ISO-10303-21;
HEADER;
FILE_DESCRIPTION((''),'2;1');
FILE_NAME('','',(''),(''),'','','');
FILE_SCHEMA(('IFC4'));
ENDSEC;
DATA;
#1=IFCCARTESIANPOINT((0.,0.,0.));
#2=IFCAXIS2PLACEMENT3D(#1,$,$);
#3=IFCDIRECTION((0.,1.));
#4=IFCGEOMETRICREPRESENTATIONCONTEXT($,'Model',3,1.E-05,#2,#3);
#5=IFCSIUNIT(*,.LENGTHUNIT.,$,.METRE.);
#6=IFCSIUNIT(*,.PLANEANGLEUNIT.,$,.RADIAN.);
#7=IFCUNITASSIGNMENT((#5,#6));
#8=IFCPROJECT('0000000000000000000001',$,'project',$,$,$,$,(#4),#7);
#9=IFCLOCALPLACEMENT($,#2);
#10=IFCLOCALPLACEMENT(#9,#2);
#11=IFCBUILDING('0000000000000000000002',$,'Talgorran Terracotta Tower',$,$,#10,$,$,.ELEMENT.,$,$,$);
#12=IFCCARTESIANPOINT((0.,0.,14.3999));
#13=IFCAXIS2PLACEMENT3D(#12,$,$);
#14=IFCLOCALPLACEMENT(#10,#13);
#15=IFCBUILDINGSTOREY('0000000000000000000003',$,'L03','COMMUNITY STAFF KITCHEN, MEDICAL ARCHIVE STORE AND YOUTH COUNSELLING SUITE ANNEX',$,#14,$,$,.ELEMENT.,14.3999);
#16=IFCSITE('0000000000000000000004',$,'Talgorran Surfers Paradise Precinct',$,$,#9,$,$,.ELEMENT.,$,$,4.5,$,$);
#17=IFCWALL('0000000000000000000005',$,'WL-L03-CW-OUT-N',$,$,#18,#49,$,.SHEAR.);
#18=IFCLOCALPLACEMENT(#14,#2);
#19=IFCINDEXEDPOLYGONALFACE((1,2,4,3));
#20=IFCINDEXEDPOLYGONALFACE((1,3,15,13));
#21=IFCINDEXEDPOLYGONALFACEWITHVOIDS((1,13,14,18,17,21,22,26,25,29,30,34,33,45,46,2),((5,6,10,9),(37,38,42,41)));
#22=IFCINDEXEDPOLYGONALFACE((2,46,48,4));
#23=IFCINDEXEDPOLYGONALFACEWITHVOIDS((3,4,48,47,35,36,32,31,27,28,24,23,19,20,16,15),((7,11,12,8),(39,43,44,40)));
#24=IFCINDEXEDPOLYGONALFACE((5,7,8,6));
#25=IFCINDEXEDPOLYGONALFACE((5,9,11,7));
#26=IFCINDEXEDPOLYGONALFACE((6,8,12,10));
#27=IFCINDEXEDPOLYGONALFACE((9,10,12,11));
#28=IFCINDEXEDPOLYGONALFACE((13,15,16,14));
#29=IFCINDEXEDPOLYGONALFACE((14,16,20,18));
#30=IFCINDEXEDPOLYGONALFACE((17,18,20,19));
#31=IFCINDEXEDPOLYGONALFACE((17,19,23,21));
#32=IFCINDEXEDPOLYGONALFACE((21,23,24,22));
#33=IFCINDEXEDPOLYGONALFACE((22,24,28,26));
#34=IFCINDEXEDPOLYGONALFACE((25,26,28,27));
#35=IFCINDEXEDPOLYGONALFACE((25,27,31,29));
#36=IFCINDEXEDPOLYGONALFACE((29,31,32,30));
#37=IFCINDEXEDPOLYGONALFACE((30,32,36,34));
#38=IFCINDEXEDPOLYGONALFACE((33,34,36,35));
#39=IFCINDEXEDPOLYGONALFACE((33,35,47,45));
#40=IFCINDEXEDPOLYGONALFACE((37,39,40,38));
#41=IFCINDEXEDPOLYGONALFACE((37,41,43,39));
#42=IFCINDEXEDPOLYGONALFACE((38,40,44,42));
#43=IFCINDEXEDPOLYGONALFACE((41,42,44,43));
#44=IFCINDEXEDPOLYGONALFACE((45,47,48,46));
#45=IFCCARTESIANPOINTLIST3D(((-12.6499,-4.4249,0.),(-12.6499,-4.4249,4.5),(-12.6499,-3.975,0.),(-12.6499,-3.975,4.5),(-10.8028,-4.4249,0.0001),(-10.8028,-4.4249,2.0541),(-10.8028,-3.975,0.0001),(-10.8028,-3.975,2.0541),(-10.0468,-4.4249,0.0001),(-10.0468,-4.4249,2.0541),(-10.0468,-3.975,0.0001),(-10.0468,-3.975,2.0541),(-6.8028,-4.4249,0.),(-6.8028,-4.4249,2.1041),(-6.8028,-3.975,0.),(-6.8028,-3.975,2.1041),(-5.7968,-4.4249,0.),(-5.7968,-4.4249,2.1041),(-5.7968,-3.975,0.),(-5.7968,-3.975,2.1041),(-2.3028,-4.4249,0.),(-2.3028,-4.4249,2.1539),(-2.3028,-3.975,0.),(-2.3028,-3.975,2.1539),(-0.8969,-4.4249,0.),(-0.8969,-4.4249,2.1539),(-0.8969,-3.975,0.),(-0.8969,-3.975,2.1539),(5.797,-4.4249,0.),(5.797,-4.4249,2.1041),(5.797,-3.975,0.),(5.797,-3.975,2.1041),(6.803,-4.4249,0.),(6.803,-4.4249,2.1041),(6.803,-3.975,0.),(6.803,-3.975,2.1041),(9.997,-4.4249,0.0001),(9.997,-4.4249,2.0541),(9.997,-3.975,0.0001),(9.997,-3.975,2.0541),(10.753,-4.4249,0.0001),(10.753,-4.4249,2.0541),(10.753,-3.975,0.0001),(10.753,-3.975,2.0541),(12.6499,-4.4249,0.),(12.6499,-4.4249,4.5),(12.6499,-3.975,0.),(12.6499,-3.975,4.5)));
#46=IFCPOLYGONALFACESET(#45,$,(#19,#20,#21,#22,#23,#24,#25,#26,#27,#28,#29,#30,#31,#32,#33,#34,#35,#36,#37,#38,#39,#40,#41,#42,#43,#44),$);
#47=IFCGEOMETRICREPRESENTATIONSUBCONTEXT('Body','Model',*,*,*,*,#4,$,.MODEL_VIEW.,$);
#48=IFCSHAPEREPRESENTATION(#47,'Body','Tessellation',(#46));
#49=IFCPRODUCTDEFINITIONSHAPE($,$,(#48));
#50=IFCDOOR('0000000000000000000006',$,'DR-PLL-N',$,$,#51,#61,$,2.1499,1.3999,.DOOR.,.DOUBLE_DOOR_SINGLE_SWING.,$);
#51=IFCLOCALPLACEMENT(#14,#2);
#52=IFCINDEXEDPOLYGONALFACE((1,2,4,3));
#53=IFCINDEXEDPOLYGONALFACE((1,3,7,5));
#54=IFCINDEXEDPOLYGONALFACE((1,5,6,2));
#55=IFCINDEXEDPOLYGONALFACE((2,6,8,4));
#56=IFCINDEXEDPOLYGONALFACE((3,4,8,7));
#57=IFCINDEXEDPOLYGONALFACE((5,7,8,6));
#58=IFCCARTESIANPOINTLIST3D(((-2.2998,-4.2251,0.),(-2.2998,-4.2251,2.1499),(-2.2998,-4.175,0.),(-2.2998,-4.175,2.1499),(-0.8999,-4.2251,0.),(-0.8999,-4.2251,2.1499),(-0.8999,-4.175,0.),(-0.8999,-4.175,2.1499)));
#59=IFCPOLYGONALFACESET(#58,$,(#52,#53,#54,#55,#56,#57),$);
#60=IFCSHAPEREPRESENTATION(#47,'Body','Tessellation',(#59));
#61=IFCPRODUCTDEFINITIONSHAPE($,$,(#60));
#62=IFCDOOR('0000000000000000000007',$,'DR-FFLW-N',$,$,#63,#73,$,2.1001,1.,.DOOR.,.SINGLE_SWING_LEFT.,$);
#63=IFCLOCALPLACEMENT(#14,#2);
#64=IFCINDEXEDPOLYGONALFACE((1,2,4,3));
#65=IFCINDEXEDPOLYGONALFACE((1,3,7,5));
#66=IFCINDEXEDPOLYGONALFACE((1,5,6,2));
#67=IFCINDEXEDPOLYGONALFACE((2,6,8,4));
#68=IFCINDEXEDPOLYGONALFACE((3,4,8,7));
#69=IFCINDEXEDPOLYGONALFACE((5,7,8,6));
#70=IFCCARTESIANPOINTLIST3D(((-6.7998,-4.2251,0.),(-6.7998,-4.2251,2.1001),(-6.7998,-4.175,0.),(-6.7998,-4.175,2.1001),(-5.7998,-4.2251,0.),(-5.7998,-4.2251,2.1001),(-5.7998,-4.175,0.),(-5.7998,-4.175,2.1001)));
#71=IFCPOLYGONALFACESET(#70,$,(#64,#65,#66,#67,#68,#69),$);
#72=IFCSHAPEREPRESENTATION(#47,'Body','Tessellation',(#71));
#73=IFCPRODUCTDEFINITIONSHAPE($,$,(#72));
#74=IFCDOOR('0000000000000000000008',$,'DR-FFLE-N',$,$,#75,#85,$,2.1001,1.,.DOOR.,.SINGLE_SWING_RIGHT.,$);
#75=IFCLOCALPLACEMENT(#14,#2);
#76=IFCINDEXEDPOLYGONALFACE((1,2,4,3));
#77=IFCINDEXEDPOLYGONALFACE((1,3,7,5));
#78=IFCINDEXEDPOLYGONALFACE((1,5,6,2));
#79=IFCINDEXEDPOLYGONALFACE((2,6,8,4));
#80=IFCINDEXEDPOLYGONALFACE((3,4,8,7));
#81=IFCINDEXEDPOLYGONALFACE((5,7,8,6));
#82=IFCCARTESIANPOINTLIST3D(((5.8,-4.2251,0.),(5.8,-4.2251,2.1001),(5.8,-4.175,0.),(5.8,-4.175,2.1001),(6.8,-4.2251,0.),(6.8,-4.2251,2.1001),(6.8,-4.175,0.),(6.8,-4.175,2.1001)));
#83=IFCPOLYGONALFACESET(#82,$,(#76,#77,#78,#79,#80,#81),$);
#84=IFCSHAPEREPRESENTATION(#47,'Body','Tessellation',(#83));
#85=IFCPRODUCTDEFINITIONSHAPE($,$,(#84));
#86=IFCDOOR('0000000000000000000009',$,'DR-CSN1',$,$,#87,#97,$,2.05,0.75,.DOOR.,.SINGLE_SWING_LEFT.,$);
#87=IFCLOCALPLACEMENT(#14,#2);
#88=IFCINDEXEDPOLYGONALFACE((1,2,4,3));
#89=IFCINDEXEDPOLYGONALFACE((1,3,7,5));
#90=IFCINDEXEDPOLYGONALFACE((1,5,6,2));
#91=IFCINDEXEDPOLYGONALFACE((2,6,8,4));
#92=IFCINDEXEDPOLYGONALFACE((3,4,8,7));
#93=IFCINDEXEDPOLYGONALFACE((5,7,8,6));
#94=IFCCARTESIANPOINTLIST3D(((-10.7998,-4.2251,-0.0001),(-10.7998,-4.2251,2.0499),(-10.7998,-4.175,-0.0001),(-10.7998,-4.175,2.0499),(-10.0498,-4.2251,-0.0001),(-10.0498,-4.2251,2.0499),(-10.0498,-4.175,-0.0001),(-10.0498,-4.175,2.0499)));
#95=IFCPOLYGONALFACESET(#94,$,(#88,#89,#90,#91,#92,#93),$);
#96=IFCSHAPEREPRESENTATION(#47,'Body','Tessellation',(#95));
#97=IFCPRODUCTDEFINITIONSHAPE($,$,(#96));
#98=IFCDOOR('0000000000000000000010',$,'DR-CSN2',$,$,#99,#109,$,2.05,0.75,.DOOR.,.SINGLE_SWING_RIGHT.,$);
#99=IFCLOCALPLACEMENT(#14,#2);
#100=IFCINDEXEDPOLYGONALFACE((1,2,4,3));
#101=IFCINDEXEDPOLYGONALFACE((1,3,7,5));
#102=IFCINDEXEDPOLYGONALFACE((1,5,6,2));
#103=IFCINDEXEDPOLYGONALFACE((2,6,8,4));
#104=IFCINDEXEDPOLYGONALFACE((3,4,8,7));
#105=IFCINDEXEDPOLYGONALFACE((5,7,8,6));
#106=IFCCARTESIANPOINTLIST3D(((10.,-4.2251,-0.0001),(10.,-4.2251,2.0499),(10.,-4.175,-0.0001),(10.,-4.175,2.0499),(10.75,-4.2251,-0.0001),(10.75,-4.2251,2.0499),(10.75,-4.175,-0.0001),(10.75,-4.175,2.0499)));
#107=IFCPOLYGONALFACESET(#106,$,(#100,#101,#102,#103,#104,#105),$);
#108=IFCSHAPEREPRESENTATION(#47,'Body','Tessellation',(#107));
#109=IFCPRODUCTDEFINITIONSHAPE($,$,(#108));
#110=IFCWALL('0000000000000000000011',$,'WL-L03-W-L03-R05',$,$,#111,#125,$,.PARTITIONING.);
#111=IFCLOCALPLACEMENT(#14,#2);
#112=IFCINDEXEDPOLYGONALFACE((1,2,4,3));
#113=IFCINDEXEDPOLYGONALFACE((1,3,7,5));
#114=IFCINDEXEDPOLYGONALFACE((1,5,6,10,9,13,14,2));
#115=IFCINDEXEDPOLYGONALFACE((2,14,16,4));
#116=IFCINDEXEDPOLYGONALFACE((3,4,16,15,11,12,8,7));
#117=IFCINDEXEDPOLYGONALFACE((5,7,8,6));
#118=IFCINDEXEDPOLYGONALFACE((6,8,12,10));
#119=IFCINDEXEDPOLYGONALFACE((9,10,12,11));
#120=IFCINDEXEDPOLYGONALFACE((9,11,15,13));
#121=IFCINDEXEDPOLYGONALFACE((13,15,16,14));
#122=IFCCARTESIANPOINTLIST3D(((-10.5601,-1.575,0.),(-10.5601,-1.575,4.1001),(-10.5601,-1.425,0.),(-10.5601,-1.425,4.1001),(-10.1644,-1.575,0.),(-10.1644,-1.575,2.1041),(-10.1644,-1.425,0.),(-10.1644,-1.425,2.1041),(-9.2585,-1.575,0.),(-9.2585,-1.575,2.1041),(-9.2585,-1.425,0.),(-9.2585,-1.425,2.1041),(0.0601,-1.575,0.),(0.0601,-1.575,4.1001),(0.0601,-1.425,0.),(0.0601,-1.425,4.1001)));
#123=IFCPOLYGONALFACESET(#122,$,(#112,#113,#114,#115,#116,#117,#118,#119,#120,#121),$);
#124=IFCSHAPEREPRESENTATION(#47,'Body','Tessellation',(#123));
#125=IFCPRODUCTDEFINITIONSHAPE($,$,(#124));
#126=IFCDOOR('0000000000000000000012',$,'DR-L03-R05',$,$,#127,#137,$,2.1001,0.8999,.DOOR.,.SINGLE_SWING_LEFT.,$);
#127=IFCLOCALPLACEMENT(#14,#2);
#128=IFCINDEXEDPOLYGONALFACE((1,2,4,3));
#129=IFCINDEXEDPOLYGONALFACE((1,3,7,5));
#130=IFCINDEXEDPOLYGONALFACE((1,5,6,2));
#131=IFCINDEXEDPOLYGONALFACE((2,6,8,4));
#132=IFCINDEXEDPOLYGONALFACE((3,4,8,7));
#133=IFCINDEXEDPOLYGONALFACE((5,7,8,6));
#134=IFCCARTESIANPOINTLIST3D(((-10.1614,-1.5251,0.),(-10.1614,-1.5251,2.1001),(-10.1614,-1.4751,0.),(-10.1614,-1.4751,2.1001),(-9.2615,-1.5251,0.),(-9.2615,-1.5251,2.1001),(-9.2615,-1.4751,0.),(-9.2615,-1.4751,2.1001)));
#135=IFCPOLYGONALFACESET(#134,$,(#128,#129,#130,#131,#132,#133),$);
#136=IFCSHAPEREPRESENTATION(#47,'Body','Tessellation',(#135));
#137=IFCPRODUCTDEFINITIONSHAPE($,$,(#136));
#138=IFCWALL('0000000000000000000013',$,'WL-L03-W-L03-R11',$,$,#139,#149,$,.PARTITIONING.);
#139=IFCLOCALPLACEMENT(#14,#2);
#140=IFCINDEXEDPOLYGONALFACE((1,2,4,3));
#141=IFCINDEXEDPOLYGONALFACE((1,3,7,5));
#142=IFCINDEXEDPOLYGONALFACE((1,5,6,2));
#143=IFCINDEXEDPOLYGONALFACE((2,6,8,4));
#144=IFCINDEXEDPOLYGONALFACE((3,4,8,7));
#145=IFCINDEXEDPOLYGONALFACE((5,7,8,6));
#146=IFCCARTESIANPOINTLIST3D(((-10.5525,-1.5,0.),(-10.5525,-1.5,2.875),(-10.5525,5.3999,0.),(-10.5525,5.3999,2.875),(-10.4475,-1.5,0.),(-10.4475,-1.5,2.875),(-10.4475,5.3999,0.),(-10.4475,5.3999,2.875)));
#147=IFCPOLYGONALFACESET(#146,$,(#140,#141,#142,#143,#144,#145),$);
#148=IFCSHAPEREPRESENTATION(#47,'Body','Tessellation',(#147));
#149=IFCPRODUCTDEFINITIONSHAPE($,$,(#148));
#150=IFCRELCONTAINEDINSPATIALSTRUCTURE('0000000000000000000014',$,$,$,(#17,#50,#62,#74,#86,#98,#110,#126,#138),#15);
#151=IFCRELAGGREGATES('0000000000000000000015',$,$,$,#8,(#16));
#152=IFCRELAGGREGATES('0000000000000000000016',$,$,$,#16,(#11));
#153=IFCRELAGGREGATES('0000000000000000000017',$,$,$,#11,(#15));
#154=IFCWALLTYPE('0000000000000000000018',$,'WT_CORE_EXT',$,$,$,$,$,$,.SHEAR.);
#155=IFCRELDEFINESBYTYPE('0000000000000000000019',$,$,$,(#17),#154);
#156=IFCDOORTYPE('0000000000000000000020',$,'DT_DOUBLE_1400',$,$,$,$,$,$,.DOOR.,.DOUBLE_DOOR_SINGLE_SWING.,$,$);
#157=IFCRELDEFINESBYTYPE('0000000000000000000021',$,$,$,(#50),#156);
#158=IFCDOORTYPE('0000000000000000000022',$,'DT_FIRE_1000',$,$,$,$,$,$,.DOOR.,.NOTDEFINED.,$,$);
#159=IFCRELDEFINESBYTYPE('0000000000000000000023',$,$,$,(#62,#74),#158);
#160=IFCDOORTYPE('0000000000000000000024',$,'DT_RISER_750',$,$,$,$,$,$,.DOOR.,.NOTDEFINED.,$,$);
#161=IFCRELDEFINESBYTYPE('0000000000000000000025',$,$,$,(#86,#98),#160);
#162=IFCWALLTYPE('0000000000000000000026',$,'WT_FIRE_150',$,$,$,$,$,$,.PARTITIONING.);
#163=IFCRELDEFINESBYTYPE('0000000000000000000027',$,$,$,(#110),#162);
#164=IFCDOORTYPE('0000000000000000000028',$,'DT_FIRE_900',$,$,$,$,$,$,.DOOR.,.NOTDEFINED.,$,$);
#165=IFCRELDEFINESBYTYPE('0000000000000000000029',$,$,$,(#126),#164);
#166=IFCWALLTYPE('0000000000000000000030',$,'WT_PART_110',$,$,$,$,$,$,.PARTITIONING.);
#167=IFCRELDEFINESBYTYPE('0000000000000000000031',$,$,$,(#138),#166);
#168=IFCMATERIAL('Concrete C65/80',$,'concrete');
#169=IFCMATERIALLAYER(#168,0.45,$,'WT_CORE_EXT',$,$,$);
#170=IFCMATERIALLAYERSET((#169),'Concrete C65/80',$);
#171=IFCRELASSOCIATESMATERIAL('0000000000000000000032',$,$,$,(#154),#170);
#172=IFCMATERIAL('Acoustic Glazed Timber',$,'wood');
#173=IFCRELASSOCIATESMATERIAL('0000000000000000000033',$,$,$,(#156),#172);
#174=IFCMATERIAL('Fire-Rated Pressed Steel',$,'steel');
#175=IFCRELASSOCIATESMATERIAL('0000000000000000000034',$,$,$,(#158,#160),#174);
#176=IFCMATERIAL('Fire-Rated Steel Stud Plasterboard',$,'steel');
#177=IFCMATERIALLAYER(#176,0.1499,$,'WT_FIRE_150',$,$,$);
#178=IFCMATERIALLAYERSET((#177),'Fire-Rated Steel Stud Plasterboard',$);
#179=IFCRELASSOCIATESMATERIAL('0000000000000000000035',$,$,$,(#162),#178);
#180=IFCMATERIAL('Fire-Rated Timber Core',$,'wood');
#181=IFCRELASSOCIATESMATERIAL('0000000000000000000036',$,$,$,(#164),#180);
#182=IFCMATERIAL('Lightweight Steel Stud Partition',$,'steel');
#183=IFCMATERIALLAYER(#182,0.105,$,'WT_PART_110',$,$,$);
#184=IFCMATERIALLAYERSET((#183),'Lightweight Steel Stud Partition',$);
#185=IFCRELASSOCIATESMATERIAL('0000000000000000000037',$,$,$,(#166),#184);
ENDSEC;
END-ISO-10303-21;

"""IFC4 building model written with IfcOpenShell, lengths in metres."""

from ifc_helpers import new_model, si_unit, direction, frame, frame_2d, origin, place, context, subcontext, project, spatial, rectangle, extrude, material, layer, layer_set, type_object, element, fill, save


model = new_model("IFC4")

# Units and contexts
model_context = context("Model", 3, precision=1e-05, world=origin(), true_north=direction((0.0, 1.0)))
body_context = subcontext(model_context, "Body", "Model", "MODEL_VIEW")
ifc_project = project(units=[si_unit("LENGTHUNIT", "METRE"), si_unit("PLANEANGLEUNIT", "RADIAN")], contexts=[model_context])

# Site, building, storey
site_placement = place(None, origin())
site = spatial("IfcSite", under=ifc_project, at=site_placement, Name="Talgorran Surfers Paradise Precinct", CompositionType="ELEMENT", RefElevation=4.5)
building_placement = place(site_placement, origin())
building = spatial("IfcBuilding", under=site, at=building_placement, Name="Talgorran Terracotta Tower", CompositionType="ELEMENT")
storey_placement = place(building_placement, frame((0.0, 0.0, 14.3999)))
storey = spatial("IfcBuildingStorey", under=building, at=storey_placement, Name="L03", Description="COMMUNITY STAFF KITCHEN, MEDICAL ARCHIVE STORE AND YOUTH COUNSELLING SUITE ANNEX", CompositionType="ELEMENT", Elevation=14.3999)

# Wall, openings, doors
ifc_material_1 = material(Name="Concrete C65/80", Category="concrete")
ifc_layer_1 = layer(ifc_material_1, 0.45, Name="WT_CORE_EXT")
ifc_layer_set_1 = layer_set([ifc_layer_1], Name="Concrete C65/80")
wall_type_1 = type_object("IfcWallType", Name="WT_CORE_EXT", PredefinedType="SHEAR", material=ifc_layer_set_1)
wall_1_placement = place(storey_placement, frame((-12.6499, -4.2, 0.0), z_axis=(0.0, 0.0, 1.0), x_axis=(1.0, 0.0, 0.0)))
wall_1 = element("IfcWall", 1, at=wall_1_placement, inside=storey, type_object=wall_type_1, Name="WL-L03-CW-OUT-N", PredefinedType="SHEAR", context=body_context, shape_type="SweptSolid", body=[
    extrude(rectangle(XDim=25.2998, YDim=0.45, at=frame_2d((12.6499, 0.0))), origin(), (0.0, 0.0, 1.0), 4.5),
])
opening_1_placement = place(wall_1_placement, frame((1.8501, 0.0, 0.0)))
opening_1 = element("IfcOpeningElement", 2, at=opening_1_placement, cuts=wall_1, PredefinedType="OPENING", context=body_context, shape_type="SweptSolid", body=[
    extrude(rectangle(XDim=0.756, YDim=2.054, at=frame_2d((0.375, 1.0271))), frame((0.0, 0.2349, 0.0), z_axis=(0.0, -1.0, 0.0), x_axis=(1.0, 0.0, 0.0)), (0.0, 0.0, 1.0), 0.47),
])
opening_2_placement = place(wall_1_placement, frame((22.6499, 0.0, 0.0)))
opening_2 = element("IfcOpeningElement", 3, at=opening_2_placement, cuts=wall_1, PredefinedType="OPENING", context=body_context, shape_type="SweptSolid", body=[
    extrude(rectangle(XDim=0.756, YDim=2.054, at=frame_2d((0.375, 1.0271))), frame((0.0, 0.2349, 0.0), z_axis=(0.0, -1.0, 0.0), x_axis=(1.0, 0.0, 0.0)), (0.0, 0.0, 1.0), 0.47),
])
opening_3_placement = place(wall_1_placement, frame((5.8501, 0.0, 0.0)))
opening_3 = element("IfcOpeningElement", 4, at=opening_3_placement, cuts=wall_1, PredefinedType="OPENING", context=body_context, shape_type="SweptSolid", body=[
    extrude(rectangle(XDim=1.006, YDim=2.1041, at=frame_2d((0.5, 1.052))), frame((0.0, 0.2349, 0.0), z_axis=(0.0, -1.0, 0.0), x_axis=(1.0, 0.0, 0.0)), (0.0, 0.0, 1.0), 0.47),
])
opening_4_placement = place(wall_1_placement, frame((10.3501, 0.0, 0.0)))
opening_4 = element("IfcOpeningElement", 5, at=opening_4_placement, cuts=wall_1, PredefinedType="OPENING", context=body_context, shape_type="SweptSolid", body=[
    extrude(rectangle(XDim=1.4059, YDim=2.1539, at=frame_2d((0.7, 1.0769))), frame((0.0, 0.2349, 0.0), z_axis=(0.0, -1.0, 0.0), x_axis=(1.0, 0.0, 0.0)), (0.0, 0.0, 1.0), 0.47),
])
opening_5_placement = place(wall_1_placement, frame((18.45, 0.0, 0.0)))
opening_5 = element("IfcOpeningElement", 6, at=opening_5_placement, cuts=wall_1, PredefinedType="OPENING", context=body_context, shape_type="SweptSolid", body=[
    extrude(rectangle(XDim=1.006, YDim=2.1041, at=frame_2d((0.5, 1.052))), frame((0.0, 0.2349, 0.0), z_axis=(0.0, -1.0, 0.0), x_axis=(1.0, 0.0, 0.0)), (0.0, 0.0, 1.0), 0.47),
])
ifc_material_2 = material(Name="Acoustic Glazed Timber", Category="wood")
door_type_1 = type_object("IfcDoorType", Name="DT_DOUBLE_1400", OperationType="DOUBLE_DOOR_SINGLE_SWING", PredefinedType="DOOR", material=ifc_material_2)
door_1_placement = place(opening_4_placement, origin())
door_1 = element("IfcDoor", 7, at=door_1_placement, inside=storey, type_object=door_type_1, Name="DR-PLL-N", OperationType="DOUBLE_DOOR_SINGLE_SWING", OverallHeight=2.1499, OverallWidth=1.3999, PredefinedType="DOOR", context=body_context, shape_type="SweptSolid", body=[
    extrude(rectangle(XDim=1.3999, YDim=2.1499, at=frame_2d((0.7, 1.075))), frame((0.0, 0.0249, 0.0), z_axis=(0.0, -1.0, 0.0), x_axis=(1.0, 0.0, 0.0)), (0.0, 0.0, 1.0), 0.05),
])
fill(opening_4, door_1)
ifc_material_3 = material(Name="Fire-Rated Pressed Steel", Category="steel")
door_type_2 = type_object("IfcDoorType", Name="DT_FIRE_1000", OperationType="NOTDEFINED", PredefinedType="DOOR", material=ifc_material_3)
door_2_placement = place(opening_3_placement, origin())
door_2 = element("IfcDoor", 8, at=door_2_placement, inside=storey, type_object=door_type_2, Name="DR-FFLW-N", OperationType="SINGLE_SWING_LEFT", OverallHeight=2.1001, OverallWidth=1.0, PredefinedType="DOOR", context=body_context, shape_type="SweptSolid", body=[
    extrude(rectangle(XDim=1.0, YDim=2.1001, at=frame_2d((0.5, 1.05))), frame((0.0, 0.0249, 0.0), z_axis=(0.0, -1.0, 0.0), x_axis=(1.0, 0.0, 0.0)), (0.0, 0.0, 1.0), 0.05),
])
fill(opening_3, door_2)
door_3_placement = place(opening_5_placement, origin())
door_3 = element("IfcDoor", 9, at=door_3_placement, inside=storey, type_object=door_type_2, Name="DR-FFLE-N", OperationType="SINGLE_SWING_RIGHT", OverallHeight=2.1001, OverallWidth=1.0, PredefinedType="DOOR", context=body_context, shape_type="SweptSolid", body=[
    extrude(rectangle(XDim=1.0, YDim=2.1001, at=frame_2d((0.5, 1.05))), frame((0.0, 0.0249, 0.0), z_axis=(0.0, -1.0, 0.0), x_axis=(1.0, 0.0, 0.0)), (0.0, 0.0, 1.0), 0.05),
])
fill(opening_5, door_3)
door_type_3 = type_object("IfcDoorType", Name="DT_RISER_750", OperationType="NOTDEFINED", PredefinedType="DOOR", material=ifc_material_3)
door_4_placement = place(opening_1_placement, origin())
door_4 = element("IfcDoor", 10, at=door_4_placement, inside=storey, type_object=door_type_3, Name="DR-CSN1", OperationType="SINGLE_SWING_LEFT", OverallHeight=2.05, OverallWidth=0.75, PredefinedType="DOOR", context=body_context, shape_type="SweptSolid", body=[
    extrude(rectangle(XDim=0.75, YDim=2.05, at=frame_2d((0.375, 1.0249))), frame((0.0, 0.0249, 0.0), z_axis=(0.0, -1.0, 0.0), x_axis=(1.0, 0.0, 0.0)), (0.0, 0.0, 1.0), 0.05),
])
fill(opening_1, door_4)
door_5_placement = place(opening_2_placement, origin())
door_5 = element("IfcDoor", 11, at=door_5_placement, inside=storey, type_object=door_type_3, Name="DR-CSN2", OperationType="SINGLE_SWING_RIGHT", OverallHeight=2.05, OverallWidth=0.75, PredefinedType="DOOR", context=body_context, shape_type="SweptSolid", body=[
    extrude(rectangle(XDim=0.75, YDim=2.05, at=frame_2d((0.375, 1.0249))), frame((0.0, 0.0249, 0.0), z_axis=(0.0, -1.0, 0.0), x_axis=(1.0, 0.0, 0.0)), (0.0, 0.0, 1.0), 0.05),
])
fill(opening_2, door_5)

# Wall, opening, door
ifc_material_4 = material(Name="Fire-Rated Steel Stud Plasterboard", Category="steel")
ifc_layer_2 = layer(ifc_material_4, 0.1499, Name="WT_FIRE_150")
ifc_layer_set_2 = layer_set([ifc_layer_2], Name="Fire-Rated Steel Stud Plasterboard")
wall_type_2 = type_object("IfcWallType", Name="WT_FIRE_150", PredefinedType="PARTITIONING", material=ifc_layer_set_2)
wall_2_placement = place(storey_placement, frame((-10.5601, -1.5, 0.0), z_axis=(0.0, 0.0, 1.0), x_axis=(1.0, 0.0, 0.0)))
wall_2 = element("IfcWall", 12, at=wall_2_placement, inside=storey, type_object=wall_type_2, Name="WL-L03-W-L03-R05", PredefinedType="PARTITIONING", context=body_context, shape_type="SweptSolid", body=[
    extrude(rectangle(XDim=10.6201, YDim=0.1499, at=frame_2d((5.3101, 0.0))), origin(), (0.0, 0.0, 1.0), 4.1001),
])
opening_6_placement = place(wall_2_placement, frame((0.3987, 0.0, 0.0)))
opening_6 = element("IfcOpeningElement", 13, at=opening_6_placement, cuts=wall_2, PredefinedType="OPENING", context=body_context, shape_type="SweptSolid", body=[
    extrude(rectangle(XDim=0.9059, YDim=2.1041, at=frame_2d((0.45, 1.052))), frame((0.0, 0.085, 0.0), z_axis=(0.0, -1.0, 0.0), x_axis=(1.0, 0.0, 0.0)), (0.0, 0.0, 1.0), 0.1699),
])
ifc_material_5 = material(Name="Fire-Rated Timber Core", Category="wood")
door_type_4 = type_object("IfcDoorType", Name="DT_FIRE_900", OperationType="NOTDEFINED", PredefinedType="DOOR", material=ifc_material_5)
door_6_placement = place(opening_6_placement, origin())
door_6 = element("IfcDoor", 14, at=door_6_placement, inside=storey, type_object=door_type_4, Name="DR-L03-R05", OperationType="SINGLE_SWING_LEFT", OverallHeight=2.1001, OverallWidth=0.8999, PredefinedType="DOOR", context=body_context, shape_type="SweptSolid", body=[
    extrude(rectangle(XDim=0.8999, YDim=2.1001, at=frame_2d((0.45, 1.05))), frame((0.0, 0.0249, 0.0), z_axis=(0.0, -1.0, 0.0), x_axis=(1.0, 0.0, 0.0)), (0.0, 0.0, 1.0), 0.05),
])
fill(opening_6, door_6)

# Wall
ifc_material_6 = material(Name="Lightweight Steel Stud Partition", Category="steel")
ifc_layer_3 = layer(ifc_material_6, 0.105, Name="WT_PART_110")
ifc_layer_set_3 = layer_set([ifc_layer_3], Name="Lightweight Steel Stud Partition")
wall_type_3 = type_object("IfcWallType", Name="WT_PART_110", PredefinedType="PARTITIONING", material=ifc_layer_set_3)
wall_3_placement = place(storey_placement, frame((-10.5, -1.5, 0.0), z_axis=(0.0, 0.0, 1.0), x_axis=(0.0, 1.0, 0.0)))
element("IfcWall", 15, at=wall_3_placement, inside=storey, type_object=wall_type_3, Name="WL-L03-W-L03-R11", PredefinedType="PARTITIONING", context=body_context, shape_type="SweptSolid", body=[
    extrude(rectangle(XDim=6.8999, YDim=0.105, at=frame_2d((3.45, 0.0))), origin(), (0.0, 0.0, 1.0), 2.875),
])

save(model, "model.ifc")
